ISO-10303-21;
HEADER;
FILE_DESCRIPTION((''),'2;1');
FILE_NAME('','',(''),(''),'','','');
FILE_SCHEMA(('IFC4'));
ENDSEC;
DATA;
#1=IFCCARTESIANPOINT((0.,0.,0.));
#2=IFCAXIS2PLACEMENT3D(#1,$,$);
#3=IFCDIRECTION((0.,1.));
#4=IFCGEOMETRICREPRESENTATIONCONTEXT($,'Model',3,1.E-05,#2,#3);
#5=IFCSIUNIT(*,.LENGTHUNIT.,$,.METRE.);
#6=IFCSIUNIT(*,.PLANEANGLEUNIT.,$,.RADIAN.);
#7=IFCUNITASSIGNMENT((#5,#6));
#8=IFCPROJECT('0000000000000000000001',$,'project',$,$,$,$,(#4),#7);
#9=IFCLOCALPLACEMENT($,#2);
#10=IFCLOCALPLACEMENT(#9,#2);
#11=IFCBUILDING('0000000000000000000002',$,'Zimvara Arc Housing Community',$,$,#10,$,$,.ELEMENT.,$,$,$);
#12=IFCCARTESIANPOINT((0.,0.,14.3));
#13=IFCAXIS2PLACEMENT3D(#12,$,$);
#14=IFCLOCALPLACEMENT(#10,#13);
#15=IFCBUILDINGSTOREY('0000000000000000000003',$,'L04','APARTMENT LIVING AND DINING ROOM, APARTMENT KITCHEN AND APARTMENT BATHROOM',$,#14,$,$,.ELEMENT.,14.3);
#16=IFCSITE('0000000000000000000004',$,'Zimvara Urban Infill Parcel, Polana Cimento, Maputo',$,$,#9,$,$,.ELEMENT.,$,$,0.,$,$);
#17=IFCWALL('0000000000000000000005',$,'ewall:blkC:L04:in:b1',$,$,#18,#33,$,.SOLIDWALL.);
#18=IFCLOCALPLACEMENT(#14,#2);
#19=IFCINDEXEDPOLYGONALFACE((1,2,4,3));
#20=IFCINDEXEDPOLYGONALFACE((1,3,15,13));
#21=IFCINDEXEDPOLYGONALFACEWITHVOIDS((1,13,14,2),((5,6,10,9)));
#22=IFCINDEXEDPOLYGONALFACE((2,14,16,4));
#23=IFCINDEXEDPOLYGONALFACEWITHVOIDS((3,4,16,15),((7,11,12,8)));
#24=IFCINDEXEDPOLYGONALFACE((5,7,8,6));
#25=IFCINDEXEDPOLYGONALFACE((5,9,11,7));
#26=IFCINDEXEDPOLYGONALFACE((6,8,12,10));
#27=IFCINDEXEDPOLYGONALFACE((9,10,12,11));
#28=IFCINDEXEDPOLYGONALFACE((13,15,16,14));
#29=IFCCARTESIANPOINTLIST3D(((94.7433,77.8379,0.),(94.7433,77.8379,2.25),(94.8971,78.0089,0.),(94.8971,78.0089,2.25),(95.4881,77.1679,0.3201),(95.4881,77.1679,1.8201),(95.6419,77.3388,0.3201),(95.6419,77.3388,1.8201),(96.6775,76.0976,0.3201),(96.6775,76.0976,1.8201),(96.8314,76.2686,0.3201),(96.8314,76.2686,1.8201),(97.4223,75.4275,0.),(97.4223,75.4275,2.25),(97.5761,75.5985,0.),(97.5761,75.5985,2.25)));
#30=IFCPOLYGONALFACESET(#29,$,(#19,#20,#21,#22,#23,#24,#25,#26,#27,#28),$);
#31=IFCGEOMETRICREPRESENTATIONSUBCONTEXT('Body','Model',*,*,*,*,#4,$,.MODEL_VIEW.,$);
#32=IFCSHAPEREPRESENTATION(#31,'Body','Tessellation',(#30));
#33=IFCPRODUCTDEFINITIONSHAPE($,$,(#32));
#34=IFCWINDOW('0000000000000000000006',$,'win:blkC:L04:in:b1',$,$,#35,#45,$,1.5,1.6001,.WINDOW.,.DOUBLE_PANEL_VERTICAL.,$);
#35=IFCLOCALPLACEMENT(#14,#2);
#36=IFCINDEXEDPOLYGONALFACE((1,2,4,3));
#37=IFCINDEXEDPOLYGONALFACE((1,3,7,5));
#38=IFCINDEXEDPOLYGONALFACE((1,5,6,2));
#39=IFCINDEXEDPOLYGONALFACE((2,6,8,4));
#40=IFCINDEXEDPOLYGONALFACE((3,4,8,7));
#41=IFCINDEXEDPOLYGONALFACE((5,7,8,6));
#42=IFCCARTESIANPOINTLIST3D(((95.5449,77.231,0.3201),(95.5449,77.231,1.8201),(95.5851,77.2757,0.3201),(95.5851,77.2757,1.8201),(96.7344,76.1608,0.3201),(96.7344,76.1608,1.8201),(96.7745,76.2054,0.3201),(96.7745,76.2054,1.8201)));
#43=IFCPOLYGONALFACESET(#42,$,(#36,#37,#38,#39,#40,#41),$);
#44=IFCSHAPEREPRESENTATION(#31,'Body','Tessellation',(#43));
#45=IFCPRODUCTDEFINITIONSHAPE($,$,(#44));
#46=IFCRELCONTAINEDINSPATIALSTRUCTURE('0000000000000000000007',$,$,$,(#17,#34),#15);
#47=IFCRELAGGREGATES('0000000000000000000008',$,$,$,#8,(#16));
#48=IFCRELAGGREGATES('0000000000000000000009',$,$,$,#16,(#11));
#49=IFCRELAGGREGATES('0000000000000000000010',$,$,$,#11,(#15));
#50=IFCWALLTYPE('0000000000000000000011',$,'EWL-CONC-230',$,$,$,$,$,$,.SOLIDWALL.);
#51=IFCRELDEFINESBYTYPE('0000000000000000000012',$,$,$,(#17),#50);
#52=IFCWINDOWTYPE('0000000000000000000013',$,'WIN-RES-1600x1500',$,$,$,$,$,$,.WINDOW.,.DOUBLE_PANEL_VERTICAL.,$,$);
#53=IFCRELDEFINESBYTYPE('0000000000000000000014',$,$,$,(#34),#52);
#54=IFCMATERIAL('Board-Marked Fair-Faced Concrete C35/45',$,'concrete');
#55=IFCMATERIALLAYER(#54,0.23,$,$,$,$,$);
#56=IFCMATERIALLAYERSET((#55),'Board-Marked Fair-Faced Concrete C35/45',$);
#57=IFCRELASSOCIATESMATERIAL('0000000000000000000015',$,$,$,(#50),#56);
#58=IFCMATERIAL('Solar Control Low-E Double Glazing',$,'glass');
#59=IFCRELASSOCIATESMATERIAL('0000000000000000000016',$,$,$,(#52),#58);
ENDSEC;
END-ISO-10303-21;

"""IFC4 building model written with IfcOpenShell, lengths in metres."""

from ifc_helpers import new_model, si_unit, direction, frame, frame_2d, origin, place, context, subcontext, project, spatial, rectangle, extrude, material, layer, layer_set, type_object, element, fill, save


model = new_model("IFC4")

# Units and contexts
model_context = context("Model", 3, precision=1e-05, world=origin(), true_north=direction((0.0, 1.0)))
body_context = subcontext(model_context, "Body", "Model", "MODEL_VIEW")
ifc_project = project(units=[si_unit("LENGTHUNIT", "METRE"), si_unit("PLANEANGLEUNIT", "RADIAN")], contexts=[model_context])

# Site, building, storey
site_placement = place(None, origin())
site = spatial("IfcSite", under=ifc_project, at=site_placement, Name="Zimvara Urban Infill Parcel, Polana Cimento, Maputo", CompositionType="ELEMENT", RefElevation=0.0)
building_placement = place(site_placement, origin())
building = spatial("IfcBuilding", under=site, at=building_placement, Name="Zimvara Arc Housing Community", CompositionType="ELEMENT")
storey_placement = place(building_placement, frame((0.0, 0.0, 14.3)))
storey = spatial("IfcBuildingStorey", under=building, at=storey_placement, Name="L04", Description="APARTMENT LIVING AND DINING ROOM, APARTMENT KITCHEN AND APARTMENT BATHROOM", CompositionType="ELEMENT", Elevation=14.3)

# Wall, opening, window
ifc_material_1 = material(Name="Board-Marked Fair-Faced Concrete C35/45", Category="concrete")
ifc_layer_1 = layer(ifc_material_1, 0.23)
ifc_layer_set_1 = layer_set([ifc_layer_1], Name="Board-Marked Fair-Faced Concrete C35/45")
wall_type_1 = type_object("IfcWallType", Name="EWL-CONC-230", PredefinedType="SOLIDWALL", material=ifc_layer_set_1)
wall_1_placement = place(storey_placement, frame((94.8203, 77.9233, 0.0), z_axis=(0.0, 0.0, 1.0), x_axis=(0.743385, -0.668864, 0.0)))
wall_1 = element("IfcWall", 1, at=wall_1_placement, inside=storey, type_object=wall_type_1, Name="ewall:blkC:L04:in:b1", PredefinedType="SOLIDWALL", context=body_context, shape_type="SweptSolid", body=[
    extrude(rectangle(XDim=3.6038, YDim=0.23, at=frame_2d((1.8018, 0.0))), origin(), (0.0, 0.0, 1.0), 2.25),
])
opening_1_placement = place(wall_1_placement, frame((1.0017, 0.0, 0.3201)))
opening_1 = element("IfcOpeningElement", 2, at=opening_1_placement, cuts=wall_1, PredefinedType="OPENING", context=body_context, shape_type="SweptSolid", body=[
    extrude(rectangle(XDim=1.6001, YDim=1.5, at=frame_2d((0.8, 0.75))), frame((0.0, 0.125, 0.0), z_axis=(0.0, -1.0, 0.0), x_axis=(1.0, 0.0, 0.0)), (0.0, 0.0, 1.0), 0.25),
])
ifc_material_2 = material(Name="Solar Control Low-E Double Glazing", Category="glass")
window_type = type_object("IfcWindowType", Name="WIN-RES-1600x1500", PartitioningType="DOUBLE_PANEL_VERTICAL", PredefinedType="WINDOW", material=ifc_material_2)
window_placement = place(opening_1_placement, origin())
window = element("IfcWindow", 3, at=window_placement, inside=storey, type_object=window_type, Name="win:blkC:L04:in:b1", OverallHeight=1.5, OverallWidth=1.6001, PartitioningType="DOUBLE_PANEL_VERTICAL", PredefinedType="WINDOW", context=body_context, shape_type="SweptSolid", body=[
    extrude(rectangle(XDim=1.6001, YDim=1.5, at=frame_2d((0.8, 0.75))), frame((0.0, 0.03, 0.0), z_axis=(0.0, -1.0, 0.0), x_axis=(1.0, 0.0, 0.0)), (0.0, 0.0, 1.0), 0.0601),
])
fill(opening_1, window)

save(model, "model.ifc")
